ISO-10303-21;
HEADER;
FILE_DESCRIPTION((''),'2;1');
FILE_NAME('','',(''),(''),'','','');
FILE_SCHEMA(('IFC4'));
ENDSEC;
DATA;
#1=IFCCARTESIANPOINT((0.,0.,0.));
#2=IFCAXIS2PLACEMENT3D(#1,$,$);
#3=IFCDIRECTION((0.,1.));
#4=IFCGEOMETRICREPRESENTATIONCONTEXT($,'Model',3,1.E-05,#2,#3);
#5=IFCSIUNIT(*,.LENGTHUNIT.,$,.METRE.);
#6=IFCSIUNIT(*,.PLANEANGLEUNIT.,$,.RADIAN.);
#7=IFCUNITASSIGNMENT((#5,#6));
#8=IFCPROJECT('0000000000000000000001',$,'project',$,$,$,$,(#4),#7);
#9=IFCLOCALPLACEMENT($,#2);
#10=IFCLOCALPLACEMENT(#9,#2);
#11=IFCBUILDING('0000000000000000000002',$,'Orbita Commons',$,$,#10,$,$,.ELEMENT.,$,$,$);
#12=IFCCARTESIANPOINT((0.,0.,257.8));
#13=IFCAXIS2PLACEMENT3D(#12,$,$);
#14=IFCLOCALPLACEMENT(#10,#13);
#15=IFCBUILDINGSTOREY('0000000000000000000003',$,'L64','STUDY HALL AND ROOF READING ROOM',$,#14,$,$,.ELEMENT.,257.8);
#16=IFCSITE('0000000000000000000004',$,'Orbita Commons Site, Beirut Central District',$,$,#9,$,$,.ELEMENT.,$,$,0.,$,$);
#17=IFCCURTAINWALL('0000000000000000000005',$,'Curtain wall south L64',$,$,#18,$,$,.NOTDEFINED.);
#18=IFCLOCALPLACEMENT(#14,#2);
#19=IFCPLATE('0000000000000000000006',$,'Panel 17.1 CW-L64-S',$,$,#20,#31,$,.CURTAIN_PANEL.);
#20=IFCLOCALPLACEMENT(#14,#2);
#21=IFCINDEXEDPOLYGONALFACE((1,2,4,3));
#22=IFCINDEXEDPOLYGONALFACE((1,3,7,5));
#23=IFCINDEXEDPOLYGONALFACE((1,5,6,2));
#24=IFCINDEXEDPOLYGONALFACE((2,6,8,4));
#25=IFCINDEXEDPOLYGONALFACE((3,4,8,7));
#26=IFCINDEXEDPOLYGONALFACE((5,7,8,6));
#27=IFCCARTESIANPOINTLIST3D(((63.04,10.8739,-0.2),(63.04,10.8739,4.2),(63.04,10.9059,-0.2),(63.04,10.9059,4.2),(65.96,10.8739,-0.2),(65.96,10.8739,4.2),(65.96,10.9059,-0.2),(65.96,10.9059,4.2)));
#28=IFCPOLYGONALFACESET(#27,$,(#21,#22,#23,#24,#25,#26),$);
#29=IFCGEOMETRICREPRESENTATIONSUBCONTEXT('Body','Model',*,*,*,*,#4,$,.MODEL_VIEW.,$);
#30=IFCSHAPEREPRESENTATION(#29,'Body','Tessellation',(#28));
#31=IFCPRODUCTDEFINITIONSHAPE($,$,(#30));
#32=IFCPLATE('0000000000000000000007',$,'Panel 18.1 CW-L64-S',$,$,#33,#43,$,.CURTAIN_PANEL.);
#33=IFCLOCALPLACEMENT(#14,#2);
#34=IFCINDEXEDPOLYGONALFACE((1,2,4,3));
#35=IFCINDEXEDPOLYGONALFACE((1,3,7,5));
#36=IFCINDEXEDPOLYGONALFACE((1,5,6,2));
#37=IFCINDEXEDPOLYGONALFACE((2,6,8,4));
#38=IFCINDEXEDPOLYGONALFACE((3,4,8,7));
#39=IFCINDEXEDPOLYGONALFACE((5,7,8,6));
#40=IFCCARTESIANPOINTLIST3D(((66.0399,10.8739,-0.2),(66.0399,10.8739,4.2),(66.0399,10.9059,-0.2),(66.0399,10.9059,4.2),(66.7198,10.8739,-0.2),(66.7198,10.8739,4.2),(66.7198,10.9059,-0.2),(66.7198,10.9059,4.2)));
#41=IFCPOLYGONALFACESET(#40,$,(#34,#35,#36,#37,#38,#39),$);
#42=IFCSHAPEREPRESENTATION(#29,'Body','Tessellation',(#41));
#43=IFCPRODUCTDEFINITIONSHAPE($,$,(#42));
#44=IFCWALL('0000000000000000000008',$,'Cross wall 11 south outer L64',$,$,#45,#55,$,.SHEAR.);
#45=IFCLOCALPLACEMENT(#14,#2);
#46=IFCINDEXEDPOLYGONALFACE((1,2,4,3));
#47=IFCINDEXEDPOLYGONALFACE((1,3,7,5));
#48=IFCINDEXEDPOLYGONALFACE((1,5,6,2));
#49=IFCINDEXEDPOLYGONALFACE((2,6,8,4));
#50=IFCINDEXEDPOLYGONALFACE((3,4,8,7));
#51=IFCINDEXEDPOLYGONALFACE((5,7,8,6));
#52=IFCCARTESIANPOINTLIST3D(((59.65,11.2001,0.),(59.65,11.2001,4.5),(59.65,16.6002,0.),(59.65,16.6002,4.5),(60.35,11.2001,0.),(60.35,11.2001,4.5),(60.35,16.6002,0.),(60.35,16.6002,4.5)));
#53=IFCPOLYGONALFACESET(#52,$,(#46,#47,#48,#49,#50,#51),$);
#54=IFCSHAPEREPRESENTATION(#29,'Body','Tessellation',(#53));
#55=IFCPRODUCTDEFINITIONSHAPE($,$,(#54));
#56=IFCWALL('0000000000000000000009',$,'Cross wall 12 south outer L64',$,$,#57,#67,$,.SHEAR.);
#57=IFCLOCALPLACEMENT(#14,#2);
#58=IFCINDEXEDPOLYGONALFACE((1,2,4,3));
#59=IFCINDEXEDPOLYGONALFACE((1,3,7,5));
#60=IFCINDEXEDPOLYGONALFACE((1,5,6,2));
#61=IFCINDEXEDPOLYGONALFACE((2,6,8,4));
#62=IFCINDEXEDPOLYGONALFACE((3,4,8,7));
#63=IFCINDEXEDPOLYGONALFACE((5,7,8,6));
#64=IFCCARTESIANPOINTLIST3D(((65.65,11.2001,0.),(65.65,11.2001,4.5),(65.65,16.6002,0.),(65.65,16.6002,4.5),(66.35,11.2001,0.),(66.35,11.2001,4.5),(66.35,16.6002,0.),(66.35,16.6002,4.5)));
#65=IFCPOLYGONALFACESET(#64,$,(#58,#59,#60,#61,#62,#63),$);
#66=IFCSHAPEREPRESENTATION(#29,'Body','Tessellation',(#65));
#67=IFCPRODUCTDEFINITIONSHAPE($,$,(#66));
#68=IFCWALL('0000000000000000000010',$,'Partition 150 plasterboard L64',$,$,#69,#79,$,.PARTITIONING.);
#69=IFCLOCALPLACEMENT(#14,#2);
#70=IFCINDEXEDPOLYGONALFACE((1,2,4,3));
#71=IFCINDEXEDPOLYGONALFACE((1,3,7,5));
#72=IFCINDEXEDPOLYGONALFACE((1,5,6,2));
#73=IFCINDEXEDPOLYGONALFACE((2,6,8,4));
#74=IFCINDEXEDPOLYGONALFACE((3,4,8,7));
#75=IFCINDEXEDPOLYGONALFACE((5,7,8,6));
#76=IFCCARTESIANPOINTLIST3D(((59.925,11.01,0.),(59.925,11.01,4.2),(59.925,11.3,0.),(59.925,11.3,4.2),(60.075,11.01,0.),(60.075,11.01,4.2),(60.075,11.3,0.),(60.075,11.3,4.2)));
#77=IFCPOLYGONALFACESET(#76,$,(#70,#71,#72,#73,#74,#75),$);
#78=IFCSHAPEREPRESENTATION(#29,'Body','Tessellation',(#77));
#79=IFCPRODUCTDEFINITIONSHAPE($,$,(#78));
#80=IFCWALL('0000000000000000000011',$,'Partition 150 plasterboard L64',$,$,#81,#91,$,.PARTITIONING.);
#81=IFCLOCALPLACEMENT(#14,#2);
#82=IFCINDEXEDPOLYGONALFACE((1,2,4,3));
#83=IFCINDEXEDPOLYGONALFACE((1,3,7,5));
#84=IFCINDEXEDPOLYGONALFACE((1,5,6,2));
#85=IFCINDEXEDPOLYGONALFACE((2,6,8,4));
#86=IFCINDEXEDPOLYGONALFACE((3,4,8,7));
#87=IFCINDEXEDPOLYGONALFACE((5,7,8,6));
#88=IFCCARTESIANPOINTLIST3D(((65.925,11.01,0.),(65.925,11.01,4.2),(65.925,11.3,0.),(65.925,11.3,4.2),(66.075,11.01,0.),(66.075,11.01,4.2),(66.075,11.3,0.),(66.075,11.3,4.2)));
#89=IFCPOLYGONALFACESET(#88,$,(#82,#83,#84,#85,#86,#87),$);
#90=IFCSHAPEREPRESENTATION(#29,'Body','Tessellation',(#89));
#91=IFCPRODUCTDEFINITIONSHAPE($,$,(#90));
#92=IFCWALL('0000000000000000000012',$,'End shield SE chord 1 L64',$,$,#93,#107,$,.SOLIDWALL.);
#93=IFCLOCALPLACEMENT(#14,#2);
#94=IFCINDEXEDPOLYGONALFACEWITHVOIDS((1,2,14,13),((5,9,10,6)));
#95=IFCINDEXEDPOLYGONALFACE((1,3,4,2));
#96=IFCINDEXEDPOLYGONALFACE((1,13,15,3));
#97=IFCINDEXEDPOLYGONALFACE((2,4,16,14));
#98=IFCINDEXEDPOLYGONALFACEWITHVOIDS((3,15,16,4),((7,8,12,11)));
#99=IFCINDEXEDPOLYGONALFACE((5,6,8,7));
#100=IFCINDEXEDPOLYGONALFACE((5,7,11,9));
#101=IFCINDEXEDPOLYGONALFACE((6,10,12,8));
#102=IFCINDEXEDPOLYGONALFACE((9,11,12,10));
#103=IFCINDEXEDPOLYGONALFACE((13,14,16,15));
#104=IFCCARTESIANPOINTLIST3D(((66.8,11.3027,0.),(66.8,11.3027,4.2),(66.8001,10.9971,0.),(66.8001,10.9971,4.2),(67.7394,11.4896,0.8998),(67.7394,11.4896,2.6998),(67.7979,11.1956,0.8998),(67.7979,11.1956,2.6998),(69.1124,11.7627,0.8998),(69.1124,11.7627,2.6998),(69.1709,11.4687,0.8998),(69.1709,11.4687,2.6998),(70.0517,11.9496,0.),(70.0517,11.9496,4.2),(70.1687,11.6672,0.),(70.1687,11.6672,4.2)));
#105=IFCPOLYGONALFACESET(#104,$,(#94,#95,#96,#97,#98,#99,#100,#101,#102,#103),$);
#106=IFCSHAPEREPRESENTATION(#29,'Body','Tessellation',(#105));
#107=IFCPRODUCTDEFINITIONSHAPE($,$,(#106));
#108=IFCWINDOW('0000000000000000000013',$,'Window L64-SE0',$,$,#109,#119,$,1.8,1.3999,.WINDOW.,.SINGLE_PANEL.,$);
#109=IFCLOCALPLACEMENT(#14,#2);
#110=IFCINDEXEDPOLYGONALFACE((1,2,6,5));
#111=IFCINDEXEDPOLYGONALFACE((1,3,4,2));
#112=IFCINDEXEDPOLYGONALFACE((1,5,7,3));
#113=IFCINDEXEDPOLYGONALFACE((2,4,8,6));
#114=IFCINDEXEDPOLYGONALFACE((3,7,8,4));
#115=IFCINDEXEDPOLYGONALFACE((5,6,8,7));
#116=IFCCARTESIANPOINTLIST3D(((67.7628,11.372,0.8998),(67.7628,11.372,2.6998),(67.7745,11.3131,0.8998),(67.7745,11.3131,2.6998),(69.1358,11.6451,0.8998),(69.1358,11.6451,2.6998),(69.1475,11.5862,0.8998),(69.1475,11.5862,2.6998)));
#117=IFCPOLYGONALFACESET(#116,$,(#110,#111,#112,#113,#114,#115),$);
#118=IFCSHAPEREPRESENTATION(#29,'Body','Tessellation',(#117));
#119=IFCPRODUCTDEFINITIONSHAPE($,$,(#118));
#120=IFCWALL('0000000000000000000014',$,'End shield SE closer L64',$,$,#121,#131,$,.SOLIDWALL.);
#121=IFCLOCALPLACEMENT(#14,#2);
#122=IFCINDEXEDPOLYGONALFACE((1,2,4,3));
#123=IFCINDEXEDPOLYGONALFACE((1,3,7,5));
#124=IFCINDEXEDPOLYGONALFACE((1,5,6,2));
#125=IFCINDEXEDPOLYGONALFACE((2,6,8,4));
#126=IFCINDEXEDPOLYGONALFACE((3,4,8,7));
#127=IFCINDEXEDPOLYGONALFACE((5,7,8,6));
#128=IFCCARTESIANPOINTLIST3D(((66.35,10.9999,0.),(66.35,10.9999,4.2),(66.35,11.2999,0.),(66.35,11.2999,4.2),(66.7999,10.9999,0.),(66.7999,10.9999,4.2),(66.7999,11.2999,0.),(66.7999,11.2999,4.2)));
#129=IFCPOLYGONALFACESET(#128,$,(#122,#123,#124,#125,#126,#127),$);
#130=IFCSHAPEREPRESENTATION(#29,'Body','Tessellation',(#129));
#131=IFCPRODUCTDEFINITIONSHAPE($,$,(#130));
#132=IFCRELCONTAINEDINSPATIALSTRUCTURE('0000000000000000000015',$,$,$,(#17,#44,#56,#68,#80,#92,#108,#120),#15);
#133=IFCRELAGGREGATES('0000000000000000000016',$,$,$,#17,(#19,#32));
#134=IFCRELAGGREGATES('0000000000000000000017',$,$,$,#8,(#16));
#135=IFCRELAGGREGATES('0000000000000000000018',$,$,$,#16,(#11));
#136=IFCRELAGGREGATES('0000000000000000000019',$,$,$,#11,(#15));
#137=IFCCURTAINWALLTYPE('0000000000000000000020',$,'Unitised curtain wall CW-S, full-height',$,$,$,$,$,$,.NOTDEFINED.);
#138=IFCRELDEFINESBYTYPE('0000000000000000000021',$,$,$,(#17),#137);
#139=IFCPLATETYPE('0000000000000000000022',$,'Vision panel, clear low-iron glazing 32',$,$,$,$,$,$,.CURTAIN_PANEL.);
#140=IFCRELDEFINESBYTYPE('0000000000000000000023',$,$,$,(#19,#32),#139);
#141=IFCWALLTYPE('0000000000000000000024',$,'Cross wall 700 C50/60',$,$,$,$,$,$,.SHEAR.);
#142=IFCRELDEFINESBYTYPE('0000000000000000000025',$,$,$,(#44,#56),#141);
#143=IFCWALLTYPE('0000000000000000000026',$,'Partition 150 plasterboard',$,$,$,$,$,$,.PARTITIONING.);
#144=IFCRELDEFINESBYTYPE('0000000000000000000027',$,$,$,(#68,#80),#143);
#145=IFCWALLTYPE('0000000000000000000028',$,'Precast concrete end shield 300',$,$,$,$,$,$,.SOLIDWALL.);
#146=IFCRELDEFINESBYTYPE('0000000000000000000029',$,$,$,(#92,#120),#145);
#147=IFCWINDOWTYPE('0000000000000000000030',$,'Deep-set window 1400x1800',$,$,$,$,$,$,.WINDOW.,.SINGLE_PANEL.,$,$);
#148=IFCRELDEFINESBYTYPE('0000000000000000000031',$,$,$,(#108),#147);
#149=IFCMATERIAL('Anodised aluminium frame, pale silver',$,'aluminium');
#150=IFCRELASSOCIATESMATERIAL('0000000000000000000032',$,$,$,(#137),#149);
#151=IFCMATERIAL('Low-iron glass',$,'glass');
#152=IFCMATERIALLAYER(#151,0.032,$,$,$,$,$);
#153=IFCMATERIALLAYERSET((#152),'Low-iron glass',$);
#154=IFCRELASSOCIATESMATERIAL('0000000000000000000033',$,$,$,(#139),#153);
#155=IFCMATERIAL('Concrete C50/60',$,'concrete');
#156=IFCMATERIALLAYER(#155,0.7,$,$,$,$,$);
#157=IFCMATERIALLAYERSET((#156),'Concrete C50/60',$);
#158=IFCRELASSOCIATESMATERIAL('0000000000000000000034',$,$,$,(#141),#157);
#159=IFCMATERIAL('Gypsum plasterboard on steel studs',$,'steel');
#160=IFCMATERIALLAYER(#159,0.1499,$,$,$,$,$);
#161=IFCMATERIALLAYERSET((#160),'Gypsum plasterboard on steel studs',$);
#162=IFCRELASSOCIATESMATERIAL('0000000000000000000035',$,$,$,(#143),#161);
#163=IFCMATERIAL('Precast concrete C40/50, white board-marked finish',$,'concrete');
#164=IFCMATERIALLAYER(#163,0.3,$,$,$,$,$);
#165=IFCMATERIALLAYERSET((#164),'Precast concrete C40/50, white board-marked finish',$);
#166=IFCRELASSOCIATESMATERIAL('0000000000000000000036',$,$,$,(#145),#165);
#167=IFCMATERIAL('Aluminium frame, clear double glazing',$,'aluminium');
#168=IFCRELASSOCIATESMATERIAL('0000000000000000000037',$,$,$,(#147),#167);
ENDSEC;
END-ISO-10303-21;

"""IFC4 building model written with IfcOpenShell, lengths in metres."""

from ifc_helpers import new_model, si_unit, direction, frame, frame_2d, origin, origin_2d, place, context, subcontext, project, spatial, polyline, rectangle, outline, extrude, material, layer, layer_set, type_object, element, fill, aggregate, save


model = new_model("IFC4")

# Units and contexts
model_context = context("Model", 3, precision=1e-05, world=origin(), true_north=direction((0.0, 1.0)))
body_context = subcontext(model_context, "Body", "Model", "MODEL_VIEW")
ifc_project = project(units=[si_unit("LENGTHUNIT", "METRE"), si_unit("PLANEANGLEUNIT", "RADIAN")], contexts=[model_context])

# Site, building, storey
site_placement = place(None, origin())
site = spatial("IfcSite", under=ifc_project, at=site_placement, Name="Orbita Commons Site, Beirut Central District", CompositionType="ELEMENT", RefElevation=0.0)
building_placement = place(site_placement, origin())
building = spatial("IfcBuilding", under=site, at=building_placement, Name="Orbita Commons", CompositionType="ELEMENT")
storey_placement = place(building_placement, frame((0.0, 0.0, 257.8)))
storey = spatial("IfcBuildingStorey", under=building, at=storey_placement, Name="L64", Description="STUDY HALL AND ROOF READING ROOM", CompositionType="ELEMENT", Elevation=257.8)

# Curtain wall
ifc_material_1 = material(Name="Anodised aluminium frame, pale silver", Category="aluminium")
curtain_wall_type = type_object("IfcCurtainWallType", Name="Unitised curtain wall CW-S, full-height", PredefinedType="NOTDEFINED", material=ifc_material_1)
curtain_wall_placement = place(storey_placement, origin())
curtain_wall = element("IfcCurtainWall", 1, at=curtain_wall_placement, inside=storey, type_object=curtain_wall_type, Name="Curtain wall south L64", PredefinedType="NOTDEFINED")

# Plates
ifc_material_2 = material(Name="Low-iron glass", Category="glass")
ifc_layer_1 = layer(ifc_material_2, 0.032)
ifc_layer_set_1 = layer_set([ifc_layer_1], Name="Low-iron glass")
plate_type = type_object("IfcPlateType", Name="Vision panel, clear low-iron glazing 32", PredefinedType="CURTAIN_PANEL", material=ifc_layer_set_1)
plate_1_placement = place(storey_placement, frame((64.5, 10.8899, -0.2), z_axis=(0.0, 0.0, 1.0), x_axis=(1.0, 0.0, 0.0)))
plate_1 = element("IfcPlate", 2, at=plate_1_placement, type_object=plate_type, Name="Panel 17.1 CW-L64-S", PredefinedType="CURTAIN_PANEL", context=body_context, shape_type="SweptSolid", body=[
    extrude(rectangle(XDim=2.9199, YDim=0.032, at=origin_2d()), origin(), (0.0, 0.0, 1.0), 4.3999),
])
plate_2_placement = place(storey_placement, frame((66.3799, 10.8899, -0.2), z_axis=(0.0, 0.0, 1.0), x_axis=(1.0, 0.0, 0.0)))
plate_2 = element("IfcPlate", 3, at=plate_2_placement, type_object=plate_type, Name="Panel 18.1 CW-L64-S", PredefinedType="CURTAIN_PANEL", context=body_context, shape_type="SweptSolid", body=[
    extrude(rectangle(XDim=0.6799, YDim=0.032, at=origin_2d()), origin(), (0.0, 0.0, 1.0), 4.3999),
])
aggregate(curtain_wall, [plate_1, plate_2])

# Walls
ifc_material_3 = material(Name="Concrete C50/60", Category="concrete")
ifc_layer_2 = layer(ifc_material_3, 0.7)
ifc_layer_set_2 = layer_set([ifc_layer_2], Name="Concrete C50/60")
wall_type_1 = type_object("IfcWallType", Name="Cross wall 700 C50/60", PredefinedType="SHEAR", material=ifc_layer_set_2)
for number, where, z_axis, x_axis, name in (
    (4, (60.0, 11.2, 0.0), (0.0, 0.0, 1.0), (0.0, 1.0, 0.0), "Cross wall 11 south outer L64"),
    (5, (66.0, 11.2, 0.0), (0.0, 0.0, 1.0), (0.0, 1.0, 0.0), "Cross wall 12 south outer L64"),
):
    element("IfcWall", number, at=place(storey_placement, frame(where, z_axis=z_axis, x_axis=x_axis)), inside=storey, type_object=wall_type_1, Name=name, PredefinedType="SHEAR", context=body_context, shape_type="SweptSolid", body=[
        extrude(rectangle(XDim=5.4001, YDim=0.7, at=frame_2d((2.7002, 0.0))), origin(), (0.0, 0.0, 1.0), 4.5),
    ])
ifc_material_4 = material(Name="Gypsum plasterboard on steel studs", Category="steel")
ifc_layer_3 = layer(ifc_material_4, 0.1499)
ifc_layer_set_3 = layer_set([ifc_layer_3], Name="Gypsum plasterboard on steel studs")
wall_type_2 = type_object("IfcWallType", Name="Partition 150 plasterboard", PredefinedType="PARTITIONING", material=ifc_layer_set_3)
for number, where, z_axis, x_axis, name in (
    (6, (60.0, 11.3, 0.0), (0.0, 0.0, 1.0), (0.0, -1.0, 0.0), "Partition 150 plasterboard L64"),
    (7, (66.0, 11.3, 0.0), (0.0, 0.0, 1.0), (0.0, -1.0, 0.0), "Partition 150 plasterboard L64"),
):
    element("IfcWall", number, at=place(storey_placement, frame(where, z_axis=z_axis, x_axis=x_axis)), inside=storey, type_object=wall_type_2, Name=name, PredefinedType="PARTITIONING", context=body_context, shape_type="SweptSolid", body=[
        extrude(rectangle(XDim=0.29, YDim=0.1499, at=frame_2d((0.145, 0.0))), origin(), (0.0, 0.0, 1.0), 4.2),
    ])

# Wall, opening, window
ifc_material_5 = material(Name="Precast concrete C40/50, white board-marked finish", Category="concrete")
ifc_layer_4 = layer(ifc_material_5, 0.3)
ifc_layer_set_4 = layer_set([ifc_layer_4], Name="Precast concrete C40/50, white board-marked finish")
wall_type_3 = type_object("IfcWallType", Name="Precast concrete end shield 300", PredefinedType="SOLIDWALL", material=ifc_layer_set_4)
wall_1_placement = place(storey_placement, frame((66.8, 11.1499, 0.0), z_axis=(0.0, 0.0, 1.0), x_axis=(0.980783, 0.1951, 0.0)))
wall_1 = element("IfcWall", 8, at=wall_1_placement, inside=storey, type_object=wall_type_3, Name="End shield SE chord 1 L64", PredefinedType="SOLIDWALL", context=body_context, shape_type="SweptSolid", body=[
    extrude(outline(polyline([(-0.0298, -0.1499), (3.4048, -0.1499), (3.3452, 0.1499), (0.0298, 0.1499), (-0.0298, -0.1499)])), origin(), (0.0, 0.0, 1.0), 4.2),
])
opening_placement = place(wall_1_placement, frame((0.9875, 0.0, 0.8999)))
opening = element("IfcOpeningElement", 9, at=opening_placement, cuts=wall_1, PredefinedType="OPENING", context=body_context, shape_type="SweptSolid", body=[
    extrude(rectangle(XDim=1.3999, YDim=1.8, at=frame_2d((0.7, 0.8999))), frame((0.0, 0.1599, 0.0), z_axis=(0.0, -1.0, 0.0), x_axis=(1.0, 0.0, 0.0)), (0.0, 0.0, 1.0), 0.3201),
])
ifc_material_6 = material(Name="Aluminium frame, clear double glazing", Category="aluminium")
window_type = type_object("IfcWindowType", Name="Deep-set window 1400x1800", PartitioningType="SINGLE_PANEL", PredefinedType="WINDOW", material=ifc_material_6)
window_placement = place(opening_placement, origin())
window = element("IfcWindow", 10, at=window_placement, inside=storey, type_object=window_type, Name="Window L64-SE0", OverallHeight=1.8, OverallWidth=1.3999, PartitioningType="SINGLE_PANEL", PredefinedType="WINDOW", context=body_context, shape_type="SweptSolid", body=[
    extrude(rectangle(XDim=1.3999, YDim=1.8, at=frame_2d((0.7, 0.8999))), frame((0.0, 0.03, 0.0), z_axis=(0.0, -1.0, 0.0), x_axis=(1.0, 0.0, 0.0)), (0.0, 0.0, 1.0), 0.0601),
])
fill(opening, window)

# Wall
wall_2_placement = place(storey_placement, frame((66.8, 11.1499, 0.0), z_axis=(0.0, 0.0, 1.0), x_axis=(-1.0, 0.0, 0.0)))
element("IfcWall", 11, at=wall_2_placement, inside=storey, type_object=wall_type_3, Name="End shield SE closer L64", PredefinedType="SOLIDWALL", context=body_context, shape_type="SweptSolid", body=[
    extrude(rectangle(XDim=0.45, YDim=0.3, at=frame_2d((0.2251, 0.0))), origin(), (0.0, 0.0, 1.0), 4.2),
])

save(model, "model.ifc")
